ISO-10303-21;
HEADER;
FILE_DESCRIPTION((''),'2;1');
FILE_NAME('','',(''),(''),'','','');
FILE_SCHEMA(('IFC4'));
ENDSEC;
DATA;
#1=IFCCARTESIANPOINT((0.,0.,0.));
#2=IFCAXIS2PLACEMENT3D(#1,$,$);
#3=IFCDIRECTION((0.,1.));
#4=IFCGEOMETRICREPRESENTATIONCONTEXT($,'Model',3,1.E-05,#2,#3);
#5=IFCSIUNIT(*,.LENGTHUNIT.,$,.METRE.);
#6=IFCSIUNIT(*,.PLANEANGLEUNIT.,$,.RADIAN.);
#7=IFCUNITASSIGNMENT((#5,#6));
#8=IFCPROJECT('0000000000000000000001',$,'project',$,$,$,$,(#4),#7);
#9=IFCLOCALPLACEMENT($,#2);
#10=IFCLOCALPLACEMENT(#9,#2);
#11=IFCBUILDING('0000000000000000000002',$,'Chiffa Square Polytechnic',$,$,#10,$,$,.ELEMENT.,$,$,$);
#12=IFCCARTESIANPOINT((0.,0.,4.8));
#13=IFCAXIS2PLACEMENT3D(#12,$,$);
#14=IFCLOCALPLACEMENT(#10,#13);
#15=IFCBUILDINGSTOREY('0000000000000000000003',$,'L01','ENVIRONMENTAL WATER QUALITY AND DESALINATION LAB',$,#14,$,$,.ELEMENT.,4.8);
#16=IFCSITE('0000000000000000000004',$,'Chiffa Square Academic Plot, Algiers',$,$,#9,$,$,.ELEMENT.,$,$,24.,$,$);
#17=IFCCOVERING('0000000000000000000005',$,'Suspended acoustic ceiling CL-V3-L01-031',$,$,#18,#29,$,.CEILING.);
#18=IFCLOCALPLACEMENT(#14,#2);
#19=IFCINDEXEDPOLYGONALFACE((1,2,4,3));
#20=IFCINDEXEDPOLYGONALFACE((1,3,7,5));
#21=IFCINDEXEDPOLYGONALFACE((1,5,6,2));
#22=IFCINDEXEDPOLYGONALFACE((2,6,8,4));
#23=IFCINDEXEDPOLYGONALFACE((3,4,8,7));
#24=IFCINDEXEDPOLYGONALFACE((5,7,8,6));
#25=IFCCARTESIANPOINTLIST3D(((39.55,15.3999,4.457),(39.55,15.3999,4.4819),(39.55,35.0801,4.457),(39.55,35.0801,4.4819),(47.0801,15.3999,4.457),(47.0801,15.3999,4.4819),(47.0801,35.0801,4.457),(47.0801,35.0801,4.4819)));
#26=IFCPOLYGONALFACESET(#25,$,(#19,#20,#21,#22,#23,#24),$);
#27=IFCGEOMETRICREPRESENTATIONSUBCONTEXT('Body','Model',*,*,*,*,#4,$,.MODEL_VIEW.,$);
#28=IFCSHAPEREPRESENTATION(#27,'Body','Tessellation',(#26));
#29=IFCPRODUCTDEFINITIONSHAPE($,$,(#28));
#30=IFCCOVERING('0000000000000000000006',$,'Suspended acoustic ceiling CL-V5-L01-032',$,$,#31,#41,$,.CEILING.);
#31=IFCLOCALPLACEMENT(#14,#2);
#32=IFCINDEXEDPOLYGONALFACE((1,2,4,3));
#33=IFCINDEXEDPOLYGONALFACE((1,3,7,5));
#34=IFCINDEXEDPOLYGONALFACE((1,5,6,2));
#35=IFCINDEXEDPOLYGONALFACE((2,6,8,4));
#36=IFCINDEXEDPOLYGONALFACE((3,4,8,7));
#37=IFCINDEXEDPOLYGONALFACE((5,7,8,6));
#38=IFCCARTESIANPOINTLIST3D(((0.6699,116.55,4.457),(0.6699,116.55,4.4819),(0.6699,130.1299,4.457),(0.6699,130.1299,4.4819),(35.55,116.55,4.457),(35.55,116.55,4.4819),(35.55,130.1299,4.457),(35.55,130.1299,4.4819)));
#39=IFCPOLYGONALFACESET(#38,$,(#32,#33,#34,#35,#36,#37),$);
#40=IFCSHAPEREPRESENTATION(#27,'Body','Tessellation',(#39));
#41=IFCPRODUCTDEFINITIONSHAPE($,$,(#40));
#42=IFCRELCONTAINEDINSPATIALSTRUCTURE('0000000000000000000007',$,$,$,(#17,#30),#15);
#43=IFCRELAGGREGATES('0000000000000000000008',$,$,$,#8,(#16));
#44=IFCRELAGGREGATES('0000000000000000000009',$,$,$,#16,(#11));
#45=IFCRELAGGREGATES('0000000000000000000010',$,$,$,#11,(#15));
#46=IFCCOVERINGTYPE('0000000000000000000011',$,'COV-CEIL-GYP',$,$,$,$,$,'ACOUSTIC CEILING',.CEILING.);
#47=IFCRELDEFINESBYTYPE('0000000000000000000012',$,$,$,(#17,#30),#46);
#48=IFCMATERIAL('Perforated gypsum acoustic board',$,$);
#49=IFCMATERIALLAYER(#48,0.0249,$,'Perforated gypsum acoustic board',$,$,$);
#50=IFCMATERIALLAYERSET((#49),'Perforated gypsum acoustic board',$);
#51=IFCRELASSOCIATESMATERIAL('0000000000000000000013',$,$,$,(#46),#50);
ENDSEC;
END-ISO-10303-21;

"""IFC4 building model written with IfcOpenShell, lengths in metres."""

from ifc_helpers import new_model, si_unit, direction, frame, origin, place, context, subcontext, project, spatial, polyline, outline, extrude, material, layer, layer_set, type_object, element, save


model = new_model("IFC4")

# Units and contexts
model_context = context("Model", 3, precision=1e-05, world=origin(), true_north=direction((0.0, 1.0)))
body_context = subcontext(model_context, "Body", "Model", "MODEL_VIEW")
ifc_project = project(units=[si_unit("LENGTHUNIT", "METRE"), si_unit("PLANEANGLEUNIT", "RADIAN")], contexts=[model_context])

# Site, building, storey
site_placement = place(None, origin())
site = spatial("IfcSite", under=ifc_project, at=site_placement, Name="Chiffa Square Academic Plot, Algiers", CompositionType="ELEMENT", RefElevation=24.0)
building_placement = place(site_placement, origin())
building = spatial("IfcBuilding", under=site, at=building_placement, Name="Chiffa Square Polytechnic", CompositionType="ELEMENT")
storey_placement = place(building_placement, frame((0.0, 0.0, 4.8)))
storey = spatial("IfcBuildingStorey", under=building, at=storey_placement, Name="L01", Description="ENVIRONMENTAL WATER QUALITY AND DESALINATION LAB", CompositionType="ELEMENT", Elevation=4.8)

# Coverings
ifc_material_1 = material(Name="Perforated gypsum acoustic board")
ifc_layer_1 = layer(ifc_material_1, 0.0249, Name="Perforated gypsum acoustic board")
ifc_layer_set_1 = layer_set([ifc_layer_1], Name="Perforated gypsum acoustic board")
covering_type = type_object("IfcCoveringType", Name="COV-CEIL-GYP", ElementType="ACOUSTIC CEILING", PredefinedType="CEILING", material=ifc_layer_set_1)
covering_1_placement = place(storey_placement, frame((0.0, 0.0, 4.457)))
element("IfcCovering", 1, at=covering_1_placement, inside=storey, type_object=covering_type, Name="Suspended acoustic ceiling CL-V3-L01-031", PredefinedType="CEILING", context=body_context, shape_type="SweptSolid", body=[
    extrude(outline(polyline([(39.55, 15.3999), (39.55, 35.0801), (47.0801, 35.0801), (47.0801, 15.3999), (39.55, 15.3999)])), origin(), (0.0, 0.0, 1.0), 0.0249),
])
covering_2_placement = place(storey_placement, frame((0.0, 0.0, 4.457)))
element("IfcCovering", 2, at=covering_2_placement, inside=storey, type_object=covering_type, Name="Suspended acoustic ceiling CL-V5-L01-032", PredefinedType="CEILING", context=body_context, shape_type="SweptSolid", body=[
    extrude(outline(polyline([(35.55, 116.55), (0.6699, 116.55), (0.6699, 130.1299), (35.55, 130.1299), (35.55, 116.55)])), origin(), (0.0, 0.0, 1.0), 0.0249),
])

save(model, "model.ifc")
